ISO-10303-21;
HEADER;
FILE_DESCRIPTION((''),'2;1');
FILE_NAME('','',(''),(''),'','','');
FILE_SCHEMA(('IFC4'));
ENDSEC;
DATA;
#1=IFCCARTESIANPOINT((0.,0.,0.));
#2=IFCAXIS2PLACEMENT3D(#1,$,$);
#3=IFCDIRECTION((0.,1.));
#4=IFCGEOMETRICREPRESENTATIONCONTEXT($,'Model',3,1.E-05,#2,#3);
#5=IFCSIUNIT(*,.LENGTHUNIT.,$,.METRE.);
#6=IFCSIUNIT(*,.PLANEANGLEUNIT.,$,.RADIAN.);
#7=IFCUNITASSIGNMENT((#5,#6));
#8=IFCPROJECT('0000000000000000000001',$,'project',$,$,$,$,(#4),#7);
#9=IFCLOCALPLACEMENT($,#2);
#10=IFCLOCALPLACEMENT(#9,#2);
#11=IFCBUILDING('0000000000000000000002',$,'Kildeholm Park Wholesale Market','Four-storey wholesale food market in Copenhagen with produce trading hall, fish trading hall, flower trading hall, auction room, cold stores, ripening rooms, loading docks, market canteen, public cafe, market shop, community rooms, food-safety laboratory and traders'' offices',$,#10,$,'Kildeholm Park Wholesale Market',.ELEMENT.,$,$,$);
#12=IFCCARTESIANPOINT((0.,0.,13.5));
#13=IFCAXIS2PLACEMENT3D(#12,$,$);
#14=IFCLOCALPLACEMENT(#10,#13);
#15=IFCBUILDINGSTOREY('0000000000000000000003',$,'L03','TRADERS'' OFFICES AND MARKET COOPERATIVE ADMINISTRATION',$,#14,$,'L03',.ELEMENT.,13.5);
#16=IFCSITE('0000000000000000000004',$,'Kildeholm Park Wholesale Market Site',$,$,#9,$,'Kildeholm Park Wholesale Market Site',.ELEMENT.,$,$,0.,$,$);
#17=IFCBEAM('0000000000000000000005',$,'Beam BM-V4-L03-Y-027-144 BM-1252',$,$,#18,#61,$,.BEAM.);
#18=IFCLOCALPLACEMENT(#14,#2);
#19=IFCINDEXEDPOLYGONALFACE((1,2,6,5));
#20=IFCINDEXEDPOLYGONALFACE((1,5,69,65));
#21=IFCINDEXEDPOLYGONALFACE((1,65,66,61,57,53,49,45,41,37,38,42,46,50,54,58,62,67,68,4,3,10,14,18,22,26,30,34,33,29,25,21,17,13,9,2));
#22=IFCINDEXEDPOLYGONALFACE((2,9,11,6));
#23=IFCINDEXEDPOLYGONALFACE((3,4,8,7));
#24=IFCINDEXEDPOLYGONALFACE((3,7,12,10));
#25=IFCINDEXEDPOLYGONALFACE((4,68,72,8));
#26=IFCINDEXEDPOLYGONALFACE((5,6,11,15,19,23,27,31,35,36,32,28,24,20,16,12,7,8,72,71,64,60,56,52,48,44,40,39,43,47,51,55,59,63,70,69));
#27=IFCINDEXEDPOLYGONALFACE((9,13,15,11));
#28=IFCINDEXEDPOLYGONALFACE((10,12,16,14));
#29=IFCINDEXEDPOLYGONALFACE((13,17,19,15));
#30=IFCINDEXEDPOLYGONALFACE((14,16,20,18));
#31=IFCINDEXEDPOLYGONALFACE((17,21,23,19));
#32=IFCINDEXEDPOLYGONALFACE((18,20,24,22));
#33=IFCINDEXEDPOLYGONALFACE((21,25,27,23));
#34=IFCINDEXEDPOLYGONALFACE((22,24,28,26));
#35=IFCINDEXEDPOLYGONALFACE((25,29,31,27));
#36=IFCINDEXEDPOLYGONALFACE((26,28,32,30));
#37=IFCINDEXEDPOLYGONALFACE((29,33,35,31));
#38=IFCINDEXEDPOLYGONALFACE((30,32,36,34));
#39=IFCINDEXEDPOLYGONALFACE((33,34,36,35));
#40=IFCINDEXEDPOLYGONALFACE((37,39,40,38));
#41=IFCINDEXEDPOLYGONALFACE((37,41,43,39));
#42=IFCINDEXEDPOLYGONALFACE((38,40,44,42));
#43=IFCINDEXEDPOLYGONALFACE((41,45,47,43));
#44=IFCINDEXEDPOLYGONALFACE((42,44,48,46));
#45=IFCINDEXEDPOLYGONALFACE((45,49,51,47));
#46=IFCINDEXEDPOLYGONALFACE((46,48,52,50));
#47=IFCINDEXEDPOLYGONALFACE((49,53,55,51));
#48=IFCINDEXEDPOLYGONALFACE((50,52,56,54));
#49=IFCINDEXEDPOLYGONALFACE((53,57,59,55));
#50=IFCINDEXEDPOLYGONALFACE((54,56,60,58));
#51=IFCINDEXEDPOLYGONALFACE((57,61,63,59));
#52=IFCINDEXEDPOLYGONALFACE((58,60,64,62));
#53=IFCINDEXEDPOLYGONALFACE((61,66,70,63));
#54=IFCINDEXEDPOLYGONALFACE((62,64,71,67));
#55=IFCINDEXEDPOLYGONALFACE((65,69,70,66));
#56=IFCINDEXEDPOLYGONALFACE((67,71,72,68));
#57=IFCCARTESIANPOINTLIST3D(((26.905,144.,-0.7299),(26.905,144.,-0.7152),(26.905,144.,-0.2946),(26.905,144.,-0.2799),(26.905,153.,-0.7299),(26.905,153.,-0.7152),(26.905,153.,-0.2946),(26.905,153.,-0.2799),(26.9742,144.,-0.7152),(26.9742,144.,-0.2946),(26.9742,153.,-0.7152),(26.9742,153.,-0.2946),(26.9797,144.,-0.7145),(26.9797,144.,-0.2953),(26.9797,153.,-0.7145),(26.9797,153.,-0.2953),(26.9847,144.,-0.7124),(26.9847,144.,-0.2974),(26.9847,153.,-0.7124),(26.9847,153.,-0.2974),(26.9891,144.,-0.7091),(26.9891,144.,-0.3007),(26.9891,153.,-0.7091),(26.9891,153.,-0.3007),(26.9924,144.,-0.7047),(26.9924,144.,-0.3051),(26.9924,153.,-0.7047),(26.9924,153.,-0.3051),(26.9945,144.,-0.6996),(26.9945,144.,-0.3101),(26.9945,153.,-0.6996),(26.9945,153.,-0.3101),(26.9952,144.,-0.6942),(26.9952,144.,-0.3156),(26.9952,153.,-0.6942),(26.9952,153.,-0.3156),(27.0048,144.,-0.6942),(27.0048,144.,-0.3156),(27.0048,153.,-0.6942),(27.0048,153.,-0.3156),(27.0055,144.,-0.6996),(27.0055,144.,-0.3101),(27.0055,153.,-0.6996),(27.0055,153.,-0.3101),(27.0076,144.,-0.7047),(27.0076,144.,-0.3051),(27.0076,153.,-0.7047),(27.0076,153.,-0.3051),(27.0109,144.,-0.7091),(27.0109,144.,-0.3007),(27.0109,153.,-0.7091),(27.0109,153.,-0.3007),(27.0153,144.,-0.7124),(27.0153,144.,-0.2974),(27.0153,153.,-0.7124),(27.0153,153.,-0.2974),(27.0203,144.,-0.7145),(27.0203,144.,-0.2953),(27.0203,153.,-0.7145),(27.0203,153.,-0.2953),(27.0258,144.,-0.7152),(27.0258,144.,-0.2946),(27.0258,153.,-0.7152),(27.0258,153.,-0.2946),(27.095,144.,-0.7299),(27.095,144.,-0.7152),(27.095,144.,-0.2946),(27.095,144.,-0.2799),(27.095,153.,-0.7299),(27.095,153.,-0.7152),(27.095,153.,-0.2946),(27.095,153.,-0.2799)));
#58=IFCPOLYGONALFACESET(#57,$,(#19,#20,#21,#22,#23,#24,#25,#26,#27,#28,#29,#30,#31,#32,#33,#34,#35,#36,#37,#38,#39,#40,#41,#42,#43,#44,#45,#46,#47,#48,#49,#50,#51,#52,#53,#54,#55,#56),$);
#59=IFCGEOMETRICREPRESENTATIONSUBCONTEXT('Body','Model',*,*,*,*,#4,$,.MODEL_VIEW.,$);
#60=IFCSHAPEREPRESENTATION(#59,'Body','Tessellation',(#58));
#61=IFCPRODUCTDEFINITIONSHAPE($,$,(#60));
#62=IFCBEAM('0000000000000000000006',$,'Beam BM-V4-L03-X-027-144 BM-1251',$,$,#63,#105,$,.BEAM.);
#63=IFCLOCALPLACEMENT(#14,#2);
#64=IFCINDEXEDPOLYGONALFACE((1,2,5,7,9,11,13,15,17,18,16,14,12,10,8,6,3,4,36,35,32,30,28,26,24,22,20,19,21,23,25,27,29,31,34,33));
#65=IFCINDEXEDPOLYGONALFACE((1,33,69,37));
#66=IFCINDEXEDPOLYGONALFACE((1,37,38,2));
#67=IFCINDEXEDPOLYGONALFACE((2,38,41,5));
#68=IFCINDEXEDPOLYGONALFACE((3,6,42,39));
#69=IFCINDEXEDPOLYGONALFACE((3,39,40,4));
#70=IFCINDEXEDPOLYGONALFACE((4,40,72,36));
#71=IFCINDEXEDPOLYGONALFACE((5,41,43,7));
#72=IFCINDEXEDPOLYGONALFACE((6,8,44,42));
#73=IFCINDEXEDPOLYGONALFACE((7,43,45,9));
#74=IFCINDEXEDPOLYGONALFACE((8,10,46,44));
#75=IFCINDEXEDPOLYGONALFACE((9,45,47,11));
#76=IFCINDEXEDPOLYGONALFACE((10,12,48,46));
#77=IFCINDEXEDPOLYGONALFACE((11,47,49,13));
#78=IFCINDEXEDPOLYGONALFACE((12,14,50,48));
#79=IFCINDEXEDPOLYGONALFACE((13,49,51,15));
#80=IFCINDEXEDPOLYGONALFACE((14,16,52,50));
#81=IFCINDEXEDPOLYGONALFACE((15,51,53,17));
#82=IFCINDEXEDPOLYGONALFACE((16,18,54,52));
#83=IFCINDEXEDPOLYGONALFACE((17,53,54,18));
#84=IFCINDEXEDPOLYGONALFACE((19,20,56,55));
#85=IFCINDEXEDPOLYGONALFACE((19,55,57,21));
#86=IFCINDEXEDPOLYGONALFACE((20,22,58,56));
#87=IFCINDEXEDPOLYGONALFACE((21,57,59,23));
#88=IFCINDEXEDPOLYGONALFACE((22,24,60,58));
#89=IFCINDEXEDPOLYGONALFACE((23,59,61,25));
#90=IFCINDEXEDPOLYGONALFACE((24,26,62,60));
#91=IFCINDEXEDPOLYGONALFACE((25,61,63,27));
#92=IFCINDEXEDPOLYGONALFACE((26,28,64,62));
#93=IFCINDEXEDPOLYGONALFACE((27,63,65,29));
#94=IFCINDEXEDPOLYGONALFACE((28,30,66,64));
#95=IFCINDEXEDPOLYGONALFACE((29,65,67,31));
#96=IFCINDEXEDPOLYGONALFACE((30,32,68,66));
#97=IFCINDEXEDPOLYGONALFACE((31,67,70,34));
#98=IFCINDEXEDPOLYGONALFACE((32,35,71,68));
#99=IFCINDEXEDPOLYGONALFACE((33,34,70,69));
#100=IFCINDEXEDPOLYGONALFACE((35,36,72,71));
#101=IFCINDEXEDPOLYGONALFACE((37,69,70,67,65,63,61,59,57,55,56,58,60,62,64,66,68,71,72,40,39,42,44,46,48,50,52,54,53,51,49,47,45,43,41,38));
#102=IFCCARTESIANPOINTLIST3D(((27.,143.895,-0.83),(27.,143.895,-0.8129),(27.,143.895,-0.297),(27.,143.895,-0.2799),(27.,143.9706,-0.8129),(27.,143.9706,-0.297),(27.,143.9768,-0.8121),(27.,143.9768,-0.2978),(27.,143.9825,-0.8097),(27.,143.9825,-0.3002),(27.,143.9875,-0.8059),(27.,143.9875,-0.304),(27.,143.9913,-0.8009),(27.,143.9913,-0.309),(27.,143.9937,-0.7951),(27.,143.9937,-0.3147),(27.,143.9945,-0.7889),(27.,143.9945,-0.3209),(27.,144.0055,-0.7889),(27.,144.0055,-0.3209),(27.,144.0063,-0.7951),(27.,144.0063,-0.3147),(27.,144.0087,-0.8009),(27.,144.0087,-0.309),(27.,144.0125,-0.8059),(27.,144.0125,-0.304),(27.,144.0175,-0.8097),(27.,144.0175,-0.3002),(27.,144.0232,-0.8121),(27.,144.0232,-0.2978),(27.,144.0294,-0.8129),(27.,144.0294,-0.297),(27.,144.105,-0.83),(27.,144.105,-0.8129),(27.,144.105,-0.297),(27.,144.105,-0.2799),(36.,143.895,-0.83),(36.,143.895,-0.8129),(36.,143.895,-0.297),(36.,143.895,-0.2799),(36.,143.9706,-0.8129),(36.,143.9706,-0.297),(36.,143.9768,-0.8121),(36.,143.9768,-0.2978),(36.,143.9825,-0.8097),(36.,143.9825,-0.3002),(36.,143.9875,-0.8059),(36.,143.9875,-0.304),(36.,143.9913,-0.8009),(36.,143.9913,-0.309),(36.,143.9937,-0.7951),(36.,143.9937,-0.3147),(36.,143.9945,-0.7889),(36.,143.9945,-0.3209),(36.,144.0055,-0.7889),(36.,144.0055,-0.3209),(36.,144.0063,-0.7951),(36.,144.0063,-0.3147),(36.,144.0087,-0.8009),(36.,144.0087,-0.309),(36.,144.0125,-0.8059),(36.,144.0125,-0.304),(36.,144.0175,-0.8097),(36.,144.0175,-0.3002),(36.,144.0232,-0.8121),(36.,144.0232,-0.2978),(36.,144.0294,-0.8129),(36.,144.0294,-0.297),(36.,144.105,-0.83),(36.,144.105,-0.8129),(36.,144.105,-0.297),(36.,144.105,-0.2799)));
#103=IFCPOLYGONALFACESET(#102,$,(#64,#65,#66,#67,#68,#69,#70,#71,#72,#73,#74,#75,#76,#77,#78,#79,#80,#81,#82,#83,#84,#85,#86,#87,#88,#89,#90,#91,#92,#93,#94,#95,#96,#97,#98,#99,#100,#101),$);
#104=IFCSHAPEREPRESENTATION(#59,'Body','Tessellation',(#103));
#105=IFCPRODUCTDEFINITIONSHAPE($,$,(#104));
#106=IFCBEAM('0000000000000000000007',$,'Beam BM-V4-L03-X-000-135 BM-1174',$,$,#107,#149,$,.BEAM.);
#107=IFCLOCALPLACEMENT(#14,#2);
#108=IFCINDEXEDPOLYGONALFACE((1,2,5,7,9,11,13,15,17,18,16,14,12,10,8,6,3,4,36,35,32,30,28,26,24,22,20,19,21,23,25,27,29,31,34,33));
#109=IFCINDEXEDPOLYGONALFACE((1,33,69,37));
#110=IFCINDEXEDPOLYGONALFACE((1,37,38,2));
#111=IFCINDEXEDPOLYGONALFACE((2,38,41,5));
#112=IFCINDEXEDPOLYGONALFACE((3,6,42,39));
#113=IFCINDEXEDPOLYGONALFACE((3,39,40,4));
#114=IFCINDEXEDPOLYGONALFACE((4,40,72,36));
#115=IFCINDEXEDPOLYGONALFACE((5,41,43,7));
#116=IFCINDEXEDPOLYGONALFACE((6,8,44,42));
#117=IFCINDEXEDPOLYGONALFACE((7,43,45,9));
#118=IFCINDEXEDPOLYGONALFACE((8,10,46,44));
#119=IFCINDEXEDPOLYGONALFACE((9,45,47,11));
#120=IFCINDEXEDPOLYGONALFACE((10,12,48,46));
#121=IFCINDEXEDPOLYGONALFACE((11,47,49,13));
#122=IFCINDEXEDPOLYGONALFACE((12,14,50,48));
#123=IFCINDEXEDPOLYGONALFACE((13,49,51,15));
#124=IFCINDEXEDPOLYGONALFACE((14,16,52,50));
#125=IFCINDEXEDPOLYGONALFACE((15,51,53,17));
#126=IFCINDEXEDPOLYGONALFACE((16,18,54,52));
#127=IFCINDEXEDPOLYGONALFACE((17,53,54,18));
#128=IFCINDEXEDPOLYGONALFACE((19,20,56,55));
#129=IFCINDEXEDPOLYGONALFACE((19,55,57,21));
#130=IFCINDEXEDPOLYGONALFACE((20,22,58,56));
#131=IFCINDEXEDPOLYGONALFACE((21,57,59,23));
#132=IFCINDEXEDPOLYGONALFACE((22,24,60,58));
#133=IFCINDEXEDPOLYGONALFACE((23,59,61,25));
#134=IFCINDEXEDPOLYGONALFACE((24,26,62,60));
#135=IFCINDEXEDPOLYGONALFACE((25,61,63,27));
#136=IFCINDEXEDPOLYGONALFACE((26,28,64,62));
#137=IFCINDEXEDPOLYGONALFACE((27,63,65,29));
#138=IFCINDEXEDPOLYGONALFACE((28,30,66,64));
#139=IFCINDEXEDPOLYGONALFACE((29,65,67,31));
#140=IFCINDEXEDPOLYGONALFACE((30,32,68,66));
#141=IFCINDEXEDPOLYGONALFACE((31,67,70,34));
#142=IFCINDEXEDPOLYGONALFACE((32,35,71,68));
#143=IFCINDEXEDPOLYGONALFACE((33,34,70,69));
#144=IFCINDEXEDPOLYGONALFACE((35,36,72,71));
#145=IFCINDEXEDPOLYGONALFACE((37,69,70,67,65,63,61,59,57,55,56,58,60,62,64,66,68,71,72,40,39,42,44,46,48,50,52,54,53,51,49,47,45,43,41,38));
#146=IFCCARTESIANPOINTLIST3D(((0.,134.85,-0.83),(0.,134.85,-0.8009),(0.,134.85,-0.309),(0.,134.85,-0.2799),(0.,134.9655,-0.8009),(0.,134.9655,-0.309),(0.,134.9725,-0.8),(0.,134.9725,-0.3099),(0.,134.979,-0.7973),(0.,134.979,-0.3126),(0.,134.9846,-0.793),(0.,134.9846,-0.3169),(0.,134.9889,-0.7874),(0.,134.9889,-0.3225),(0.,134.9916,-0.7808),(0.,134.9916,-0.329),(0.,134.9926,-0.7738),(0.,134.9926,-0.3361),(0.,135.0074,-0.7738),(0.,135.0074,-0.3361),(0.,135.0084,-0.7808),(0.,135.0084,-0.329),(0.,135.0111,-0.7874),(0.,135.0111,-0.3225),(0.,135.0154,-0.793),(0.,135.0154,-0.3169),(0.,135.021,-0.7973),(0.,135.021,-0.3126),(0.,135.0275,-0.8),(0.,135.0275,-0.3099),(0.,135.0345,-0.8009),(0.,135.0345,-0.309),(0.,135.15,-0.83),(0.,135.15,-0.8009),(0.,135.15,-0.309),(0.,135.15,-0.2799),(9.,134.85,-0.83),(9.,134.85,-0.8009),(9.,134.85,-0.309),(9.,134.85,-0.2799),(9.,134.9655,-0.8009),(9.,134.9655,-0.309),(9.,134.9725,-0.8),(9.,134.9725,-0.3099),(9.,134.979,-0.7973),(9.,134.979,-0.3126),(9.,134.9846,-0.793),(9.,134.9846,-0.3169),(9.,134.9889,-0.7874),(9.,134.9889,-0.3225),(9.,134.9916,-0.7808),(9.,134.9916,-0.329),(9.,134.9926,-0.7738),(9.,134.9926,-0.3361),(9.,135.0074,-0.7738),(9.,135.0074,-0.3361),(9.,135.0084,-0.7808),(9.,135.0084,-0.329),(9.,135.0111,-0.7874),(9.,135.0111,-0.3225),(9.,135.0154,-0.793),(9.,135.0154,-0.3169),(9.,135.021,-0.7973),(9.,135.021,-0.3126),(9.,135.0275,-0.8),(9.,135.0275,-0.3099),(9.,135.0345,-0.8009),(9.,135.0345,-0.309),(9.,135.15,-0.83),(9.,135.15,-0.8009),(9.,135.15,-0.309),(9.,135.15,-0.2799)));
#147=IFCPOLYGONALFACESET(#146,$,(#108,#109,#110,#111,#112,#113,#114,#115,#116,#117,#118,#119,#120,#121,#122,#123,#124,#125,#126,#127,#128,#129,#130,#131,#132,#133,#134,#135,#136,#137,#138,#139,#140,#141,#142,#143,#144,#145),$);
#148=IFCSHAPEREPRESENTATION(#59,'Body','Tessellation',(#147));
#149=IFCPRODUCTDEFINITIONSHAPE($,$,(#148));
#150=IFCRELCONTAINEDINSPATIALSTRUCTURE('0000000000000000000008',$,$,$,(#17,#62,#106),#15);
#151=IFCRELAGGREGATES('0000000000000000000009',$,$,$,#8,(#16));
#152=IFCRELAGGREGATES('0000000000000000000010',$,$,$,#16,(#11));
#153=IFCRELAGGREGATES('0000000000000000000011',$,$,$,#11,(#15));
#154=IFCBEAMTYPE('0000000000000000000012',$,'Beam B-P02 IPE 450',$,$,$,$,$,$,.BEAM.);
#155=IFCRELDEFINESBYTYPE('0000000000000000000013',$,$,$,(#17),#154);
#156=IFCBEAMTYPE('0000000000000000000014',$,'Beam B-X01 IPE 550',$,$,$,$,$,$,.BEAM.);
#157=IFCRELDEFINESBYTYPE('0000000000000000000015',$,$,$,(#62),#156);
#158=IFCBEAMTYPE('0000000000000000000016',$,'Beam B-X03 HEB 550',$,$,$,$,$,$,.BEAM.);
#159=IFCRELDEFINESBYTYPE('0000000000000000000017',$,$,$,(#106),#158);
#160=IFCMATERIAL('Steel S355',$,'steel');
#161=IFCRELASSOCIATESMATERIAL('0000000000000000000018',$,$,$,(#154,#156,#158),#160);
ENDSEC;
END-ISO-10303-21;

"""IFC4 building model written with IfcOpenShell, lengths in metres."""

from ifc_helpers import new_model, si_unit, direction, frame, origin, origin_2d, place, context, subcontext, project, spatial, i_section, extrude, material, material_profile, profile_set, type_object, element, save


model = new_model("IFC4")

# Units and contexts
model_context = context("Model", 3, precision=1e-05, world=origin(), true_north=direction((0.0, 1.0)))
body_context = subcontext(model_context, "Body", "Model", "MODEL_VIEW")
ifc_project = project(units=[si_unit("LENGTHUNIT", "METRE"), si_unit("PLANEANGLEUNIT", "RADIAN")], contexts=[model_context])

# Site, building, storey
site_placement = place(None, origin())
site = spatial("IfcSite", under=ifc_project, at=site_placement, Name="Kildeholm Park Wholesale Market Site", LongName="Kildeholm Park Wholesale Market Site", CompositionType="ELEMENT", RefElevation=0.0)
building_placement = place(site_placement, origin())
building = spatial("IfcBuilding", under=site, at=building_placement, Name="Kildeholm Park Wholesale Market", Description="Four-storey wholesale food market in Copenhagen with produce trading hall, fish trading hall, flower trading hall, auction room, cold stores, ripening rooms, loading docks, market canteen, public cafe, market shop, community rooms, food-safety laboratory and traders' offices", LongName="Kildeholm Park Wholesale Market", CompositionType="ELEMENT")
storey_placement = place(building_placement, frame((0.0, 0.0, 13.5)))
storey = spatial("IfcBuildingStorey", under=building, at=storey_placement, Name="L03", Description="TRADERS' OFFICES AND MARKET COOPERATIVE ADMINISTRATION", LongName="L03", CompositionType="ELEMENT", Elevation=13.5)

# Beams
ifc_material = material(Name="Steel S355", Category="steel")
ifc_material_profile_1 = material_profile(ifc_material, i_section(OverallWidth=0.1899, OverallDepth=0.45, WebThickness=0.0095, FlangeThickness=0.0146, FilletRadius=0.021, at=origin_2d()), Name="IPE 450")
ifc_profile_set_1 = profile_set([ifc_material_profile_1], Name="Steel S355")
beam_type_1 = type_object("IfcBeamType", Name="Beam B-P02 IPE 450", PredefinedType="BEAM", material=ifc_profile_set_1)
for number, where, z_axis, x_axis, name in (
    (1, (27.0, 144.0, -0.5049), (0.0, 1.0, 0.0), (-1.0, 0.0, 0.0), "Beam BM-V4-L03-Y-027-144 BM-1252"),
):
    element("IfcBeam", number, at=place(storey_placement, frame(where, z_axis=z_axis, x_axis=x_axis)), inside=storey, type_object=beam_type_1, Name=name, PredefinedType="BEAM", context=body_context, shape_type="SweptSolid", body=[
        extrude(i_section(OverallWidth=0.1899, OverallDepth=0.45, WebThickness=0.0095, FlangeThickness=0.0146, FilletRadius=0.021, at=origin_2d()), origin(), (0.0, 0.0, 1.0), 9.0),
    ])
ifc_material_profile_2 = material_profile(ifc_material, i_section(OverallWidth=0.21, OverallDepth=0.55, WebThickness=0.011, FlangeThickness=0.0171, FilletRadius=0.0239, at=origin_2d()), Name="IPE 550")
ifc_profile_set_2 = profile_set([ifc_material_profile_2], Name="Steel S355")
beam_type_2 = type_object("IfcBeamType", Name="Beam B-X01 IPE 550", PredefinedType="BEAM", material=ifc_profile_set_2)
beam_1_placement = place(storey_placement, frame((27.0, 144.0, -0.5549), z_axis=(1.0, 0.0, 0.0), x_axis=(0.0, 1.0, 0.0)))
element("IfcBeam", 2, at=beam_1_placement, inside=storey, type_object=beam_type_2, Name="Beam BM-V4-L03-X-027-144 BM-1251", PredefinedType="BEAM", context=body_context, shape_type="SweptSolid", body=[
    extrude(i_section(OverallWidth=0.21, OverallDepth=0.55, WebThickness=0.011, FlangeThickness=0.0171, FilletRadius=0.0239, at=origin_2d()), origin(), (0.0, 0.0, 1.0), 9.0),
])
ifc_material_profile_3 = material_profile(ifc_material, i_section(OverallWidth=0.3, OverallDepth=0.55, WebThickness=0.0149, FlangeThickness=0.0291, FilletRadius=0.0271, at=origin_2d()), Name="HEB 550")
ifc_profile_set_3 = profile_set([ifc_material_profile_3], Name="Steel S355")
beam_type_3 = type_object("IfcBeamType", Name="Beam B-X03 HEB 550", PredefinedType="BEAM", material=ifc_profile_set_3)
beam_2_placement = place(storey_placement, frame((0.0, 135.0, -0.5549), z_axis=(1.0, 0.0, 0.0), x_axis=(0.0, 1.0, 0.0)))
element("IfcBeam", 3, at=beam_2_placement, inside=storey, type_object=beam_type_3, Name="Beam BM-V4-L03-X-000-135 BM-1174", PredefinedType="BEAM", context=body_context, shape_type="SweptSolid", body=[
    extrude(i_section(OverallWidth=0.3, OverallDepth=0.55, WebThickness=0.0149, FlangeThickness=0.0291, FilletRadius=0.0271, at=origin_2d()), origin(), (0.0, 0.0, 1.0), 9.0),
])

save(model, "model.ifc")
